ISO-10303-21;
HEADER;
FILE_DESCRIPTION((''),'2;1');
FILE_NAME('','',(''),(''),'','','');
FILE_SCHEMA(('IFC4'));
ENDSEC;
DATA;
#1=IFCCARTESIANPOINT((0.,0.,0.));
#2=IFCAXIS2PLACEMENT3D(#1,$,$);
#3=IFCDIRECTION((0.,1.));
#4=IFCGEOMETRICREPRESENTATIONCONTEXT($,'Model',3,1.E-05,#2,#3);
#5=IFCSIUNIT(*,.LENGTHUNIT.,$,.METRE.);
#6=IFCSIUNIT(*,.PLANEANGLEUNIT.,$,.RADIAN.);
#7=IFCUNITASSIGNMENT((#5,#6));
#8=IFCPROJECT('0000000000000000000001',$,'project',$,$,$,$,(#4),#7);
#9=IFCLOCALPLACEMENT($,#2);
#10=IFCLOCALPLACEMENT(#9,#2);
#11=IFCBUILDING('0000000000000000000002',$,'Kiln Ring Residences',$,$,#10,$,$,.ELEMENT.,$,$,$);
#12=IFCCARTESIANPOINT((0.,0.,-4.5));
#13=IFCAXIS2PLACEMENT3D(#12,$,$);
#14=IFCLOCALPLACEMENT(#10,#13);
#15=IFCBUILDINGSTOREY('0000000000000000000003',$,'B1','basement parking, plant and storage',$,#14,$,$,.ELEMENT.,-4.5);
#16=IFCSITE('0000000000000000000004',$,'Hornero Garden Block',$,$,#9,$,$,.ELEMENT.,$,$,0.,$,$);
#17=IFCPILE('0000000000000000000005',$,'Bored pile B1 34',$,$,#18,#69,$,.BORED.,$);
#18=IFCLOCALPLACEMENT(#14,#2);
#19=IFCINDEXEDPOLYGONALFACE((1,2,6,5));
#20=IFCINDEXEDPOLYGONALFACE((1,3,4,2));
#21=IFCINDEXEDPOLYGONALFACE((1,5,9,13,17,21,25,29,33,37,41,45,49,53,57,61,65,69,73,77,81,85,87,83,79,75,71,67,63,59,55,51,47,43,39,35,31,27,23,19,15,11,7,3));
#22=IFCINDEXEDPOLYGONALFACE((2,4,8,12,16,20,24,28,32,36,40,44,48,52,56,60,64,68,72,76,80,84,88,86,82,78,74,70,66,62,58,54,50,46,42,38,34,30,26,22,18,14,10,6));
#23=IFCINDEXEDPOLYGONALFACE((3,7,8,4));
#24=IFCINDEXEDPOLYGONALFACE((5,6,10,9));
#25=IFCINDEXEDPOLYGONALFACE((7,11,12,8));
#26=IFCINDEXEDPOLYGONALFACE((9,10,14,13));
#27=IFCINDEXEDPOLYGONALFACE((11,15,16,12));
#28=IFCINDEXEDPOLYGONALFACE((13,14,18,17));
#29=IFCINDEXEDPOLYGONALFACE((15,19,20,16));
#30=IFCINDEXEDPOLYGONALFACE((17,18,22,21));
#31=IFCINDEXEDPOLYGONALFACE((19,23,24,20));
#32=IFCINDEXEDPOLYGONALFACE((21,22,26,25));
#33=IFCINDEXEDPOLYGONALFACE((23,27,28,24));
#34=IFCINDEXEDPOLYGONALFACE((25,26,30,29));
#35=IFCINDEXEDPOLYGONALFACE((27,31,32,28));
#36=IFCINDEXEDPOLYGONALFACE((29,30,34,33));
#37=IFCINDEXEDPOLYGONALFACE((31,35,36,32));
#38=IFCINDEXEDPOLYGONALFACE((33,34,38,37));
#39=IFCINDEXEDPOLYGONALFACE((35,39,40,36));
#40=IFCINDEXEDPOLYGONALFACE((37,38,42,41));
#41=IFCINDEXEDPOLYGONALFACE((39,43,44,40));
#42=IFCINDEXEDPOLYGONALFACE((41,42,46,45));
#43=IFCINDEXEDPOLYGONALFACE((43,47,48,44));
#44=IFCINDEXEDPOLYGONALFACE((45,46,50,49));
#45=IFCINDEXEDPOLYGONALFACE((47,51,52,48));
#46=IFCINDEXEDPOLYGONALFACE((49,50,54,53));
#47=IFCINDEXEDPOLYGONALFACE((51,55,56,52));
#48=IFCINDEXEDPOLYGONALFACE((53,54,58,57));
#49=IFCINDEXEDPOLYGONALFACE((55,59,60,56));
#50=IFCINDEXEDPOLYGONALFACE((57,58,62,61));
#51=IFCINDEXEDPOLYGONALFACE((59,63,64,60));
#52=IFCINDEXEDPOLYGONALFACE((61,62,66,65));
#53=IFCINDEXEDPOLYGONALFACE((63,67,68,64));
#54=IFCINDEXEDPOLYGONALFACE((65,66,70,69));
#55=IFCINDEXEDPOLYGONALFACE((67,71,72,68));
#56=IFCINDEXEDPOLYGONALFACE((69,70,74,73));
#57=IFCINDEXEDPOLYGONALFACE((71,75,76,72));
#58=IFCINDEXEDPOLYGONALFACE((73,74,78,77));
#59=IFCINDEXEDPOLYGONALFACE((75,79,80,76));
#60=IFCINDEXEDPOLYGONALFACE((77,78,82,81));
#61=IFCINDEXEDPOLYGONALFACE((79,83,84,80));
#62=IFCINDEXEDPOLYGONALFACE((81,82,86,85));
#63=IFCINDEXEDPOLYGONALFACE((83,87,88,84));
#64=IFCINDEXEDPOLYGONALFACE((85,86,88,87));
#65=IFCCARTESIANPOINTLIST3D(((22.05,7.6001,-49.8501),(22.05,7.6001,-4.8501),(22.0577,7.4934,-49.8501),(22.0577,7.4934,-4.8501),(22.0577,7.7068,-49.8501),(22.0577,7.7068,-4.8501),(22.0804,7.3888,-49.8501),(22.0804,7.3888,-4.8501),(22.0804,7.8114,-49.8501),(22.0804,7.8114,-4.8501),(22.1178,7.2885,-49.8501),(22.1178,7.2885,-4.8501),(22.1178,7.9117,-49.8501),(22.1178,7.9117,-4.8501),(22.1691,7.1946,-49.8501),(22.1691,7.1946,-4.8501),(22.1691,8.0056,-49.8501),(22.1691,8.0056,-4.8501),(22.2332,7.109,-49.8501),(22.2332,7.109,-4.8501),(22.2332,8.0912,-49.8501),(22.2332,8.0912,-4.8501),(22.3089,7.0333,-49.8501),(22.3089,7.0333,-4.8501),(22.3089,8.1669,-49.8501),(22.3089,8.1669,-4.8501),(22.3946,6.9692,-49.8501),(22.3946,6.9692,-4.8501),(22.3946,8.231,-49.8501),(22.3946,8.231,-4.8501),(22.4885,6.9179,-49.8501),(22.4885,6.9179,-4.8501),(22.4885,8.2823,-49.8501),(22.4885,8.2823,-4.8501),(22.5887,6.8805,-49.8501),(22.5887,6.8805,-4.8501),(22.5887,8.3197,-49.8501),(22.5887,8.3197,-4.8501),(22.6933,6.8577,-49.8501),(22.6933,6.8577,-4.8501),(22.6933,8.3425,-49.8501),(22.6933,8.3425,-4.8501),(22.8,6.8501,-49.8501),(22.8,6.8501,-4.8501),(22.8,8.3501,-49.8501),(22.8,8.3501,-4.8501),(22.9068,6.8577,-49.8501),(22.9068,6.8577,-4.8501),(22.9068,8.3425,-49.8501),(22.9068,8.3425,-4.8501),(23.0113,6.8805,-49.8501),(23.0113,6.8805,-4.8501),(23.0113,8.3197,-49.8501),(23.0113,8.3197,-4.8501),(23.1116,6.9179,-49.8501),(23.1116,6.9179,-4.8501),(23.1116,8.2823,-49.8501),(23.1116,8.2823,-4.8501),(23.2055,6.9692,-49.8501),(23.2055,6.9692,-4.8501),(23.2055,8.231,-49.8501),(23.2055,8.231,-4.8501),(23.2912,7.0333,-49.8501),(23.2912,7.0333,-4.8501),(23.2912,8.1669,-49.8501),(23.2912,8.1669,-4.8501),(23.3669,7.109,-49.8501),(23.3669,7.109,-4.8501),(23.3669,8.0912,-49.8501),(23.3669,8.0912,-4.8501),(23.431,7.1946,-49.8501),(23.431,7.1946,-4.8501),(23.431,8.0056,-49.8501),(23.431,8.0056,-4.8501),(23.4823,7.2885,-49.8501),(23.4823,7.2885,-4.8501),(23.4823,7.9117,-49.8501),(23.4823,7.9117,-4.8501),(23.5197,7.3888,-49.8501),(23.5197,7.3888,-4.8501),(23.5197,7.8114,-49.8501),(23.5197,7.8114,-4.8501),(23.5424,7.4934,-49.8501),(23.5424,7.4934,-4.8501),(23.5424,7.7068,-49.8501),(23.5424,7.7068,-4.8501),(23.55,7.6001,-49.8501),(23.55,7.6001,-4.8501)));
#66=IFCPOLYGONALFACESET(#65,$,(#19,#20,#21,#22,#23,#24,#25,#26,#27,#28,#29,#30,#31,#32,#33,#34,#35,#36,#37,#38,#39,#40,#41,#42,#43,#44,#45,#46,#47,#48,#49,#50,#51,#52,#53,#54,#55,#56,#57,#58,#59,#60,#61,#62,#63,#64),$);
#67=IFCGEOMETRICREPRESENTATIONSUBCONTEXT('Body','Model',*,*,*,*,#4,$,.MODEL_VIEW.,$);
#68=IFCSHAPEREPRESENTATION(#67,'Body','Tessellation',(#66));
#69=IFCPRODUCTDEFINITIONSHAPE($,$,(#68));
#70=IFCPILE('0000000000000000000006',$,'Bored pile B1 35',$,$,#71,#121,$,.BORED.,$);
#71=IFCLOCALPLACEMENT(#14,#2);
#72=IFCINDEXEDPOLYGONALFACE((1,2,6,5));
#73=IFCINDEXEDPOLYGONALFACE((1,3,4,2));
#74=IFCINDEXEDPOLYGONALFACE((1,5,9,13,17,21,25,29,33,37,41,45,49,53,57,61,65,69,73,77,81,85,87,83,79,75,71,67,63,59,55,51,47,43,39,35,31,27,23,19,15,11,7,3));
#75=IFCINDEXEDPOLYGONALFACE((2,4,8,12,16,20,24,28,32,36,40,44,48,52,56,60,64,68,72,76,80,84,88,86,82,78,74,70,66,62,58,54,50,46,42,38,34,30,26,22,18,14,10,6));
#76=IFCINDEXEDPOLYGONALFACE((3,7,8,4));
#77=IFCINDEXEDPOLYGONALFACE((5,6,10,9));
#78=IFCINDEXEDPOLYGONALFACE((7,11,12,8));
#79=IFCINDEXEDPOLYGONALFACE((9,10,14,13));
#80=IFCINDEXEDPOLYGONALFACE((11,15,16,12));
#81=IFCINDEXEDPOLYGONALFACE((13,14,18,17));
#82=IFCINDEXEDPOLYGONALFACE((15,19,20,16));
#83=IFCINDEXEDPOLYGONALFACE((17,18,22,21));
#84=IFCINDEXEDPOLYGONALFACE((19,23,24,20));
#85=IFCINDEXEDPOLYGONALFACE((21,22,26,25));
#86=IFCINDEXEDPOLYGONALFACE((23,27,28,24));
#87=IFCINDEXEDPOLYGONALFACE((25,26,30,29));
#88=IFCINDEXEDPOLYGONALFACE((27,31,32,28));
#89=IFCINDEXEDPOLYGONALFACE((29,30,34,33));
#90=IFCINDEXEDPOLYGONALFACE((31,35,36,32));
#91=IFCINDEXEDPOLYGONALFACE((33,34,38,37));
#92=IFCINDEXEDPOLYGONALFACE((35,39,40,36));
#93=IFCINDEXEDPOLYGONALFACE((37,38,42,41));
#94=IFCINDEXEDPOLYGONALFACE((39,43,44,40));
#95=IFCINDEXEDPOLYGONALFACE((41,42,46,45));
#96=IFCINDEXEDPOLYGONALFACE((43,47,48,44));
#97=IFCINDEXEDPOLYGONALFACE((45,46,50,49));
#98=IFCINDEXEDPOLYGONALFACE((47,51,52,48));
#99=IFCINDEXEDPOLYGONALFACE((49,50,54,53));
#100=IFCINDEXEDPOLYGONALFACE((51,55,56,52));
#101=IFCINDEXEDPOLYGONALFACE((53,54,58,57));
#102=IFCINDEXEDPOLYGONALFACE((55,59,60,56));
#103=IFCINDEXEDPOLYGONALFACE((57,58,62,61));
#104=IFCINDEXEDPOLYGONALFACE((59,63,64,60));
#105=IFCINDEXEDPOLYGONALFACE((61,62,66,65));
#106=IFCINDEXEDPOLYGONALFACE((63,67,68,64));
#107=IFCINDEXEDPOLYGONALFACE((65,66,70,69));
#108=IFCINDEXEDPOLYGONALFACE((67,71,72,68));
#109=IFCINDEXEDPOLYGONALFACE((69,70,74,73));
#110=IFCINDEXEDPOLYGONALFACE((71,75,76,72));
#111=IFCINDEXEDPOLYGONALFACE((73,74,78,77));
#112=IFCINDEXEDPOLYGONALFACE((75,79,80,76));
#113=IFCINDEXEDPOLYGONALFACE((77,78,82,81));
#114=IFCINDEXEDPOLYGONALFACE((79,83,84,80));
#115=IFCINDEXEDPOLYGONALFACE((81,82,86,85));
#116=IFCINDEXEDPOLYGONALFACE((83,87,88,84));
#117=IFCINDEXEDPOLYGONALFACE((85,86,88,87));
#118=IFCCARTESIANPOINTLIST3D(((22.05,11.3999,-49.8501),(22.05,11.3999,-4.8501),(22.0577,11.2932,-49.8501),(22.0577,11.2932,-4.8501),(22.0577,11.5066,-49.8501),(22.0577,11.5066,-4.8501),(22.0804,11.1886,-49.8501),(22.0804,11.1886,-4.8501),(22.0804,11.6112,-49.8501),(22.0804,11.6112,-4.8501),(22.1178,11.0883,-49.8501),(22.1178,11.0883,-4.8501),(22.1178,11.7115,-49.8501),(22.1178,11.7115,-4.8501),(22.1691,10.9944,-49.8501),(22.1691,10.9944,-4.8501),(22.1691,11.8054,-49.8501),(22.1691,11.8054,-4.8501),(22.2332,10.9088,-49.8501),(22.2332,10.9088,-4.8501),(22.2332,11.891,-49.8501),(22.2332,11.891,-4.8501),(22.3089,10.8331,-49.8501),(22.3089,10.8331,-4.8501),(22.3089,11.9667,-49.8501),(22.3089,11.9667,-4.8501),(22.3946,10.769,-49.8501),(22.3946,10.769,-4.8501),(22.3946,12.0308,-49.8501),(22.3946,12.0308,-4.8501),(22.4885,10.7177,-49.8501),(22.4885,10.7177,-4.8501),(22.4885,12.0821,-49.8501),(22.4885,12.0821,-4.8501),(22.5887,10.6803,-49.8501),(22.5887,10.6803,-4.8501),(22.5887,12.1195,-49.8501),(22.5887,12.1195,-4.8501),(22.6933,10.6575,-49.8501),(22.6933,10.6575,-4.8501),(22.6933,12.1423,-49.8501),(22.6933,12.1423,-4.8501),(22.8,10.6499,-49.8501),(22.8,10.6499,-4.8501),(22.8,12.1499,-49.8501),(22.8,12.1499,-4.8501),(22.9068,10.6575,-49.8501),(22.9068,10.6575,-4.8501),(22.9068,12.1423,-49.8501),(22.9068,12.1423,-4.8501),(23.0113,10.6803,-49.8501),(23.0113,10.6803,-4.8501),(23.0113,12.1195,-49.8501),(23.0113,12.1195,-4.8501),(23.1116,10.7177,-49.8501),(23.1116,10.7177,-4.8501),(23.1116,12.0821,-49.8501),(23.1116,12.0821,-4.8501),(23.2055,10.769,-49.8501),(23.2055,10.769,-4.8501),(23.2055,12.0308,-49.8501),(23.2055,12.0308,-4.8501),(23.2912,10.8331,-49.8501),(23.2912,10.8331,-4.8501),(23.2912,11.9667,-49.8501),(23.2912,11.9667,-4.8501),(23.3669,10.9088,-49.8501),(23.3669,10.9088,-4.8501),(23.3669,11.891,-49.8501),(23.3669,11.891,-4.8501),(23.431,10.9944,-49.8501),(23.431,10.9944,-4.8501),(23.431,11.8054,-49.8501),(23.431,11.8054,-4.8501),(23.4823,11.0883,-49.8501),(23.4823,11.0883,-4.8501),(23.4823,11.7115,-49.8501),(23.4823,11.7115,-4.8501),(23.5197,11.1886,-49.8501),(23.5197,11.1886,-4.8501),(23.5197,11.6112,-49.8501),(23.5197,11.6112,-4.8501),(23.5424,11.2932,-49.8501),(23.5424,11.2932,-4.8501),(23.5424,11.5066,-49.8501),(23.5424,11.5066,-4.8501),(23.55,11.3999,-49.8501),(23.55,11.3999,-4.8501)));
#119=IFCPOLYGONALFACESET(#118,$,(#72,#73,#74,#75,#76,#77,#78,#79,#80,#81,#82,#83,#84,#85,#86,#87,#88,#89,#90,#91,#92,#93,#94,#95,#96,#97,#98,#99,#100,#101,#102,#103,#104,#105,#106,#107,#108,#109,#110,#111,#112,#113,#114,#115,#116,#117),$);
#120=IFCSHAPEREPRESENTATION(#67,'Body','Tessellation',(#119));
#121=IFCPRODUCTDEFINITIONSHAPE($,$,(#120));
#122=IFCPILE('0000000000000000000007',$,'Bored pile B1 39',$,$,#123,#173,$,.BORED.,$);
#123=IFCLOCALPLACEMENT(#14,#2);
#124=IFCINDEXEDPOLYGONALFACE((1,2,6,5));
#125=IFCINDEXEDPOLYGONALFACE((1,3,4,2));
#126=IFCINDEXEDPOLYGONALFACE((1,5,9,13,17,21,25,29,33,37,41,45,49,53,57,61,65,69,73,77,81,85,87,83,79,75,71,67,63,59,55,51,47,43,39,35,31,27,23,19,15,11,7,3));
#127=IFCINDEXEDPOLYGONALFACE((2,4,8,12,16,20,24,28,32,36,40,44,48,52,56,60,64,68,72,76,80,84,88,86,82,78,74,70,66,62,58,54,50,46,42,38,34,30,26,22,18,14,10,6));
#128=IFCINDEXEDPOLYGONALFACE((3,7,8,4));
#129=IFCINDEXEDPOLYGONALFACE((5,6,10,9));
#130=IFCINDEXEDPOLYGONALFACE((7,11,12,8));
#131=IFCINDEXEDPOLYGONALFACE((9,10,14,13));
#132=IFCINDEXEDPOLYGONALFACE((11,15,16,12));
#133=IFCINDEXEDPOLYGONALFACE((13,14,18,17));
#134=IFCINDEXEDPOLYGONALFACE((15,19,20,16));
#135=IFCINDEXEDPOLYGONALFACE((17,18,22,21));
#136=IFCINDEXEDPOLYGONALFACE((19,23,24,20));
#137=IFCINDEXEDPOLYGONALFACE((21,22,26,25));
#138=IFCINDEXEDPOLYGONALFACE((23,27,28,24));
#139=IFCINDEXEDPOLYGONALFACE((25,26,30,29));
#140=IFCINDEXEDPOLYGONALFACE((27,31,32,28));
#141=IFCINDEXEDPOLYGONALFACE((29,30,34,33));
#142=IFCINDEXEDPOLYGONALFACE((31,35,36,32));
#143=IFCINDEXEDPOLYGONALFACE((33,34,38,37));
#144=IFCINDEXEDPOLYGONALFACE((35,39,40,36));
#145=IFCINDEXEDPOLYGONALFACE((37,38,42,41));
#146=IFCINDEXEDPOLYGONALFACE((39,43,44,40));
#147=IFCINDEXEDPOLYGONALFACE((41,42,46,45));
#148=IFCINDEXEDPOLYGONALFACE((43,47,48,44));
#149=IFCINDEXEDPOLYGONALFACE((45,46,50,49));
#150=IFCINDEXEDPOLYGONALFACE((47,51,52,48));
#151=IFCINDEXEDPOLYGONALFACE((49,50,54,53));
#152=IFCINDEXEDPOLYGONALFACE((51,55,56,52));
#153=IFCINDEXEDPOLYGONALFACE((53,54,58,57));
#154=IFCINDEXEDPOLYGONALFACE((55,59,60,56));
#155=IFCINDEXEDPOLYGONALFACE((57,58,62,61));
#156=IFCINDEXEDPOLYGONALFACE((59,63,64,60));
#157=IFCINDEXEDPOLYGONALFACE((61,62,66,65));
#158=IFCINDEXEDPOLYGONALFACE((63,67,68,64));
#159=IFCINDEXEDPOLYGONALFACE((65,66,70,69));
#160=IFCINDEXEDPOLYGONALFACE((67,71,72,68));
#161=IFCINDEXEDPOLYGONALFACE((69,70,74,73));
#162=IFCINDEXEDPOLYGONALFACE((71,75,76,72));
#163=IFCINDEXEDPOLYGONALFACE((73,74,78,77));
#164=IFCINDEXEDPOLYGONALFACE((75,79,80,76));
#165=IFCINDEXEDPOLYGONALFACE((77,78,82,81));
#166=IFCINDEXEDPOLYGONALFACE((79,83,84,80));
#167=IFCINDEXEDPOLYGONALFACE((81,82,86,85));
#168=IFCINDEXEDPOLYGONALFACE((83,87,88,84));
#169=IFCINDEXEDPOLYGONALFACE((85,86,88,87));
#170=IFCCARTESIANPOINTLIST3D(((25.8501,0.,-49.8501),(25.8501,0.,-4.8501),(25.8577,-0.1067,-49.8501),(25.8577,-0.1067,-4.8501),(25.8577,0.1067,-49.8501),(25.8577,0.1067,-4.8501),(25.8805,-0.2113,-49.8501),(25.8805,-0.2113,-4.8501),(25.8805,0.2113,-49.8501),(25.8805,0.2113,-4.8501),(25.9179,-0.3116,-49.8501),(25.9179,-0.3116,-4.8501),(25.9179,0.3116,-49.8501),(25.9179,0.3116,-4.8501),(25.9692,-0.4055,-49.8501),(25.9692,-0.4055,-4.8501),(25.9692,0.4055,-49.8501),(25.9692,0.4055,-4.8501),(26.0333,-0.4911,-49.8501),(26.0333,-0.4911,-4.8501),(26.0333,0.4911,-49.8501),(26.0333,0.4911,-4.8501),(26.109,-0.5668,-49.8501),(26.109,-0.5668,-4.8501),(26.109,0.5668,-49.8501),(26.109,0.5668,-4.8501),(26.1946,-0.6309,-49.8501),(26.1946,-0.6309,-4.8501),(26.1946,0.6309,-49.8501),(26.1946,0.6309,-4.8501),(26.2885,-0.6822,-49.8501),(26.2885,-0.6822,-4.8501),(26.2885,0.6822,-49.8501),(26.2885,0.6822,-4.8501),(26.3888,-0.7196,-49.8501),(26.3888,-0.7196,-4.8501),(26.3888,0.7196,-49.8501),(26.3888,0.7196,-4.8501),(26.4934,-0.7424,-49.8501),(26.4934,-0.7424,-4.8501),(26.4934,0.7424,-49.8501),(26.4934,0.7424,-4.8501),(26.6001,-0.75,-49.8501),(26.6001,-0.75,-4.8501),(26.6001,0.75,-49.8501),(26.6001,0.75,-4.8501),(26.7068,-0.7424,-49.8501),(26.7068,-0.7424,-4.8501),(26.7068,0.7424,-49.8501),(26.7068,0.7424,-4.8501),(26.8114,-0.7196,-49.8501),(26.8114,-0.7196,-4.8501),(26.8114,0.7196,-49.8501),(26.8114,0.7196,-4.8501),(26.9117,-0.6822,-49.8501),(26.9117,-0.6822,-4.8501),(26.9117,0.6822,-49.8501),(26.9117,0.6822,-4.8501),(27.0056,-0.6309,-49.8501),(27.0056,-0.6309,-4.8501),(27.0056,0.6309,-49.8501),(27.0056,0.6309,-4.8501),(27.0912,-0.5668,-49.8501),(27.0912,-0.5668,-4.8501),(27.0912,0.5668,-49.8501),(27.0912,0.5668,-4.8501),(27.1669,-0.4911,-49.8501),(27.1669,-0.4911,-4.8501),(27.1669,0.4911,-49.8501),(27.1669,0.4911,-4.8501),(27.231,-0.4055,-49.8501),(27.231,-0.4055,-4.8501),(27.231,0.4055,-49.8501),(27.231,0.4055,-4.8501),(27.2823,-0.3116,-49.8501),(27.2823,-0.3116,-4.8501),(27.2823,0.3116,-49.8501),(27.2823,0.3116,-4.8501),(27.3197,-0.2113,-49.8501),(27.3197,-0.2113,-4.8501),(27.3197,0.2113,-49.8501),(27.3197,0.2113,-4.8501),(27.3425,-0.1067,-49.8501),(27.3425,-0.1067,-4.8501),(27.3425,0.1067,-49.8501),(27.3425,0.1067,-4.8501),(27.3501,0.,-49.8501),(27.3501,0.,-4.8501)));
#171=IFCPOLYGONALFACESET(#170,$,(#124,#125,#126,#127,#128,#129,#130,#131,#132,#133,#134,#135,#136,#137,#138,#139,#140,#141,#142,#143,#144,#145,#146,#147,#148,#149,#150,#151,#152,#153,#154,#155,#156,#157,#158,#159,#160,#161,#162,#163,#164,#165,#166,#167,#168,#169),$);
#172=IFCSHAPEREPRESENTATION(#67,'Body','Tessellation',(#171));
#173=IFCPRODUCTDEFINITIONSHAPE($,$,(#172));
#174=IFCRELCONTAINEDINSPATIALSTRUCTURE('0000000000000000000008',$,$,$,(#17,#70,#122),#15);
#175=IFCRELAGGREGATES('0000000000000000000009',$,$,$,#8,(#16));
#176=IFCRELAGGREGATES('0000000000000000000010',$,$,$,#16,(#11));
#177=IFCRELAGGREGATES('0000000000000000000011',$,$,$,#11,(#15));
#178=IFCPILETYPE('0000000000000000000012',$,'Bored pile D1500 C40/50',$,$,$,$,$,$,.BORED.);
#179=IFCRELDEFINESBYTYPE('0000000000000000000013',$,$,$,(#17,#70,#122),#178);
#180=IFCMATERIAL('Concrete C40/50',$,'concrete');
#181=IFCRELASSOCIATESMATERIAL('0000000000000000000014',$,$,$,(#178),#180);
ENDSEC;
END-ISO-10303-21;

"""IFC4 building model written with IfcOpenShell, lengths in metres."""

from ifc_helpers import new_model, si_unit, direction, frame, origin, origin_2d, place, context, subcontext, project, spatial, circle, extrude, material, material_profile, profile_set, type_object, element, save


model = new_model("IFC4")

# Units and contexts
model_context = context("Model", 3, precision=1e-05, world=origin(), true_north=direction((0.0, 1.0)))
body_context = subcontext(model_context, "Body", "Model", "MODEL_VIEW")
ifc_project = project(units=[si_unit("LENGTHUNIT", "METRE"), si_unit("PLANEANGLEUNIT", "RADIAN")], contexts=[model_context])

# Site, building, storey
site_placement = place(None, origin())
site = spatial("IfcSite", under=ifc_project, at=site_placement, Name="Hornero Garden Block", CompositionType="ELEMENT", RefElevation=0.0)
building_placement = place(site_placement, origin())
building = spatial("IfcBuilding", under=site, at=building_placement, Name="Kiln Ring Residences", CompositionType="ELEMENT")
storey_placement = place(building_placement, frame((0.0, 0.0, -4.5)))
storey = spatial("IfcBuildingStorey", under=building, at=storey_placement, Name="B1", Description="basement parking, plant and storage", CompositionType="ELEMENT", Elevation=-4.5)

# Piles
ifc_material_1 = material(Name="Concrete C40/50", Category="concrete")
ifc_material_profile = material_profile(ifc_material_1, circle(Radius=0.75, at=origin_2d()), Name="BORED1500")
ifc_profile_set = profile_set([ifc_material_profile], Name="Concrete C40/50")
pile_type = type_object("IfcPileType", Name="Bored pile D1500 C40/50", PredefinedType="BORED", material=ifc_profile_set)
for number, where, z_axis, x_axis, name in (
    (1, (22.8, 7.6001, -4.8501), (0.0, 0.0, -1.0), (1.0, 0.0, 0.0), "Bored pile B1 34"),
    (2, (22.8, 11.3999, -4.8501), (0.0, 0.0, -1.0), (1.0, 0.0, 0.0), "Bored pile B1 35"),
    (3, (26.6001, 0.0, -4.8501), (0.0, 0.0, -1.0), (1.0, 0.0, 0.0), "Bored pile B1 39"),
):
    element("IfcPile", number, at=place(storey_placement, frame(where, z_axis=z_axis, x_axis=x_axis)), inside=storey, type_object=pile_type, Name=name, PredefinedType="BORED", context=body_context, shape_type="SweptSolid", body=[
        extrude(circle(Radius=0.75, at=origin_2d()), origin(), (0.0, 0.0, 1.0), 45.0),
    ])

save(model, "model.ifc")
